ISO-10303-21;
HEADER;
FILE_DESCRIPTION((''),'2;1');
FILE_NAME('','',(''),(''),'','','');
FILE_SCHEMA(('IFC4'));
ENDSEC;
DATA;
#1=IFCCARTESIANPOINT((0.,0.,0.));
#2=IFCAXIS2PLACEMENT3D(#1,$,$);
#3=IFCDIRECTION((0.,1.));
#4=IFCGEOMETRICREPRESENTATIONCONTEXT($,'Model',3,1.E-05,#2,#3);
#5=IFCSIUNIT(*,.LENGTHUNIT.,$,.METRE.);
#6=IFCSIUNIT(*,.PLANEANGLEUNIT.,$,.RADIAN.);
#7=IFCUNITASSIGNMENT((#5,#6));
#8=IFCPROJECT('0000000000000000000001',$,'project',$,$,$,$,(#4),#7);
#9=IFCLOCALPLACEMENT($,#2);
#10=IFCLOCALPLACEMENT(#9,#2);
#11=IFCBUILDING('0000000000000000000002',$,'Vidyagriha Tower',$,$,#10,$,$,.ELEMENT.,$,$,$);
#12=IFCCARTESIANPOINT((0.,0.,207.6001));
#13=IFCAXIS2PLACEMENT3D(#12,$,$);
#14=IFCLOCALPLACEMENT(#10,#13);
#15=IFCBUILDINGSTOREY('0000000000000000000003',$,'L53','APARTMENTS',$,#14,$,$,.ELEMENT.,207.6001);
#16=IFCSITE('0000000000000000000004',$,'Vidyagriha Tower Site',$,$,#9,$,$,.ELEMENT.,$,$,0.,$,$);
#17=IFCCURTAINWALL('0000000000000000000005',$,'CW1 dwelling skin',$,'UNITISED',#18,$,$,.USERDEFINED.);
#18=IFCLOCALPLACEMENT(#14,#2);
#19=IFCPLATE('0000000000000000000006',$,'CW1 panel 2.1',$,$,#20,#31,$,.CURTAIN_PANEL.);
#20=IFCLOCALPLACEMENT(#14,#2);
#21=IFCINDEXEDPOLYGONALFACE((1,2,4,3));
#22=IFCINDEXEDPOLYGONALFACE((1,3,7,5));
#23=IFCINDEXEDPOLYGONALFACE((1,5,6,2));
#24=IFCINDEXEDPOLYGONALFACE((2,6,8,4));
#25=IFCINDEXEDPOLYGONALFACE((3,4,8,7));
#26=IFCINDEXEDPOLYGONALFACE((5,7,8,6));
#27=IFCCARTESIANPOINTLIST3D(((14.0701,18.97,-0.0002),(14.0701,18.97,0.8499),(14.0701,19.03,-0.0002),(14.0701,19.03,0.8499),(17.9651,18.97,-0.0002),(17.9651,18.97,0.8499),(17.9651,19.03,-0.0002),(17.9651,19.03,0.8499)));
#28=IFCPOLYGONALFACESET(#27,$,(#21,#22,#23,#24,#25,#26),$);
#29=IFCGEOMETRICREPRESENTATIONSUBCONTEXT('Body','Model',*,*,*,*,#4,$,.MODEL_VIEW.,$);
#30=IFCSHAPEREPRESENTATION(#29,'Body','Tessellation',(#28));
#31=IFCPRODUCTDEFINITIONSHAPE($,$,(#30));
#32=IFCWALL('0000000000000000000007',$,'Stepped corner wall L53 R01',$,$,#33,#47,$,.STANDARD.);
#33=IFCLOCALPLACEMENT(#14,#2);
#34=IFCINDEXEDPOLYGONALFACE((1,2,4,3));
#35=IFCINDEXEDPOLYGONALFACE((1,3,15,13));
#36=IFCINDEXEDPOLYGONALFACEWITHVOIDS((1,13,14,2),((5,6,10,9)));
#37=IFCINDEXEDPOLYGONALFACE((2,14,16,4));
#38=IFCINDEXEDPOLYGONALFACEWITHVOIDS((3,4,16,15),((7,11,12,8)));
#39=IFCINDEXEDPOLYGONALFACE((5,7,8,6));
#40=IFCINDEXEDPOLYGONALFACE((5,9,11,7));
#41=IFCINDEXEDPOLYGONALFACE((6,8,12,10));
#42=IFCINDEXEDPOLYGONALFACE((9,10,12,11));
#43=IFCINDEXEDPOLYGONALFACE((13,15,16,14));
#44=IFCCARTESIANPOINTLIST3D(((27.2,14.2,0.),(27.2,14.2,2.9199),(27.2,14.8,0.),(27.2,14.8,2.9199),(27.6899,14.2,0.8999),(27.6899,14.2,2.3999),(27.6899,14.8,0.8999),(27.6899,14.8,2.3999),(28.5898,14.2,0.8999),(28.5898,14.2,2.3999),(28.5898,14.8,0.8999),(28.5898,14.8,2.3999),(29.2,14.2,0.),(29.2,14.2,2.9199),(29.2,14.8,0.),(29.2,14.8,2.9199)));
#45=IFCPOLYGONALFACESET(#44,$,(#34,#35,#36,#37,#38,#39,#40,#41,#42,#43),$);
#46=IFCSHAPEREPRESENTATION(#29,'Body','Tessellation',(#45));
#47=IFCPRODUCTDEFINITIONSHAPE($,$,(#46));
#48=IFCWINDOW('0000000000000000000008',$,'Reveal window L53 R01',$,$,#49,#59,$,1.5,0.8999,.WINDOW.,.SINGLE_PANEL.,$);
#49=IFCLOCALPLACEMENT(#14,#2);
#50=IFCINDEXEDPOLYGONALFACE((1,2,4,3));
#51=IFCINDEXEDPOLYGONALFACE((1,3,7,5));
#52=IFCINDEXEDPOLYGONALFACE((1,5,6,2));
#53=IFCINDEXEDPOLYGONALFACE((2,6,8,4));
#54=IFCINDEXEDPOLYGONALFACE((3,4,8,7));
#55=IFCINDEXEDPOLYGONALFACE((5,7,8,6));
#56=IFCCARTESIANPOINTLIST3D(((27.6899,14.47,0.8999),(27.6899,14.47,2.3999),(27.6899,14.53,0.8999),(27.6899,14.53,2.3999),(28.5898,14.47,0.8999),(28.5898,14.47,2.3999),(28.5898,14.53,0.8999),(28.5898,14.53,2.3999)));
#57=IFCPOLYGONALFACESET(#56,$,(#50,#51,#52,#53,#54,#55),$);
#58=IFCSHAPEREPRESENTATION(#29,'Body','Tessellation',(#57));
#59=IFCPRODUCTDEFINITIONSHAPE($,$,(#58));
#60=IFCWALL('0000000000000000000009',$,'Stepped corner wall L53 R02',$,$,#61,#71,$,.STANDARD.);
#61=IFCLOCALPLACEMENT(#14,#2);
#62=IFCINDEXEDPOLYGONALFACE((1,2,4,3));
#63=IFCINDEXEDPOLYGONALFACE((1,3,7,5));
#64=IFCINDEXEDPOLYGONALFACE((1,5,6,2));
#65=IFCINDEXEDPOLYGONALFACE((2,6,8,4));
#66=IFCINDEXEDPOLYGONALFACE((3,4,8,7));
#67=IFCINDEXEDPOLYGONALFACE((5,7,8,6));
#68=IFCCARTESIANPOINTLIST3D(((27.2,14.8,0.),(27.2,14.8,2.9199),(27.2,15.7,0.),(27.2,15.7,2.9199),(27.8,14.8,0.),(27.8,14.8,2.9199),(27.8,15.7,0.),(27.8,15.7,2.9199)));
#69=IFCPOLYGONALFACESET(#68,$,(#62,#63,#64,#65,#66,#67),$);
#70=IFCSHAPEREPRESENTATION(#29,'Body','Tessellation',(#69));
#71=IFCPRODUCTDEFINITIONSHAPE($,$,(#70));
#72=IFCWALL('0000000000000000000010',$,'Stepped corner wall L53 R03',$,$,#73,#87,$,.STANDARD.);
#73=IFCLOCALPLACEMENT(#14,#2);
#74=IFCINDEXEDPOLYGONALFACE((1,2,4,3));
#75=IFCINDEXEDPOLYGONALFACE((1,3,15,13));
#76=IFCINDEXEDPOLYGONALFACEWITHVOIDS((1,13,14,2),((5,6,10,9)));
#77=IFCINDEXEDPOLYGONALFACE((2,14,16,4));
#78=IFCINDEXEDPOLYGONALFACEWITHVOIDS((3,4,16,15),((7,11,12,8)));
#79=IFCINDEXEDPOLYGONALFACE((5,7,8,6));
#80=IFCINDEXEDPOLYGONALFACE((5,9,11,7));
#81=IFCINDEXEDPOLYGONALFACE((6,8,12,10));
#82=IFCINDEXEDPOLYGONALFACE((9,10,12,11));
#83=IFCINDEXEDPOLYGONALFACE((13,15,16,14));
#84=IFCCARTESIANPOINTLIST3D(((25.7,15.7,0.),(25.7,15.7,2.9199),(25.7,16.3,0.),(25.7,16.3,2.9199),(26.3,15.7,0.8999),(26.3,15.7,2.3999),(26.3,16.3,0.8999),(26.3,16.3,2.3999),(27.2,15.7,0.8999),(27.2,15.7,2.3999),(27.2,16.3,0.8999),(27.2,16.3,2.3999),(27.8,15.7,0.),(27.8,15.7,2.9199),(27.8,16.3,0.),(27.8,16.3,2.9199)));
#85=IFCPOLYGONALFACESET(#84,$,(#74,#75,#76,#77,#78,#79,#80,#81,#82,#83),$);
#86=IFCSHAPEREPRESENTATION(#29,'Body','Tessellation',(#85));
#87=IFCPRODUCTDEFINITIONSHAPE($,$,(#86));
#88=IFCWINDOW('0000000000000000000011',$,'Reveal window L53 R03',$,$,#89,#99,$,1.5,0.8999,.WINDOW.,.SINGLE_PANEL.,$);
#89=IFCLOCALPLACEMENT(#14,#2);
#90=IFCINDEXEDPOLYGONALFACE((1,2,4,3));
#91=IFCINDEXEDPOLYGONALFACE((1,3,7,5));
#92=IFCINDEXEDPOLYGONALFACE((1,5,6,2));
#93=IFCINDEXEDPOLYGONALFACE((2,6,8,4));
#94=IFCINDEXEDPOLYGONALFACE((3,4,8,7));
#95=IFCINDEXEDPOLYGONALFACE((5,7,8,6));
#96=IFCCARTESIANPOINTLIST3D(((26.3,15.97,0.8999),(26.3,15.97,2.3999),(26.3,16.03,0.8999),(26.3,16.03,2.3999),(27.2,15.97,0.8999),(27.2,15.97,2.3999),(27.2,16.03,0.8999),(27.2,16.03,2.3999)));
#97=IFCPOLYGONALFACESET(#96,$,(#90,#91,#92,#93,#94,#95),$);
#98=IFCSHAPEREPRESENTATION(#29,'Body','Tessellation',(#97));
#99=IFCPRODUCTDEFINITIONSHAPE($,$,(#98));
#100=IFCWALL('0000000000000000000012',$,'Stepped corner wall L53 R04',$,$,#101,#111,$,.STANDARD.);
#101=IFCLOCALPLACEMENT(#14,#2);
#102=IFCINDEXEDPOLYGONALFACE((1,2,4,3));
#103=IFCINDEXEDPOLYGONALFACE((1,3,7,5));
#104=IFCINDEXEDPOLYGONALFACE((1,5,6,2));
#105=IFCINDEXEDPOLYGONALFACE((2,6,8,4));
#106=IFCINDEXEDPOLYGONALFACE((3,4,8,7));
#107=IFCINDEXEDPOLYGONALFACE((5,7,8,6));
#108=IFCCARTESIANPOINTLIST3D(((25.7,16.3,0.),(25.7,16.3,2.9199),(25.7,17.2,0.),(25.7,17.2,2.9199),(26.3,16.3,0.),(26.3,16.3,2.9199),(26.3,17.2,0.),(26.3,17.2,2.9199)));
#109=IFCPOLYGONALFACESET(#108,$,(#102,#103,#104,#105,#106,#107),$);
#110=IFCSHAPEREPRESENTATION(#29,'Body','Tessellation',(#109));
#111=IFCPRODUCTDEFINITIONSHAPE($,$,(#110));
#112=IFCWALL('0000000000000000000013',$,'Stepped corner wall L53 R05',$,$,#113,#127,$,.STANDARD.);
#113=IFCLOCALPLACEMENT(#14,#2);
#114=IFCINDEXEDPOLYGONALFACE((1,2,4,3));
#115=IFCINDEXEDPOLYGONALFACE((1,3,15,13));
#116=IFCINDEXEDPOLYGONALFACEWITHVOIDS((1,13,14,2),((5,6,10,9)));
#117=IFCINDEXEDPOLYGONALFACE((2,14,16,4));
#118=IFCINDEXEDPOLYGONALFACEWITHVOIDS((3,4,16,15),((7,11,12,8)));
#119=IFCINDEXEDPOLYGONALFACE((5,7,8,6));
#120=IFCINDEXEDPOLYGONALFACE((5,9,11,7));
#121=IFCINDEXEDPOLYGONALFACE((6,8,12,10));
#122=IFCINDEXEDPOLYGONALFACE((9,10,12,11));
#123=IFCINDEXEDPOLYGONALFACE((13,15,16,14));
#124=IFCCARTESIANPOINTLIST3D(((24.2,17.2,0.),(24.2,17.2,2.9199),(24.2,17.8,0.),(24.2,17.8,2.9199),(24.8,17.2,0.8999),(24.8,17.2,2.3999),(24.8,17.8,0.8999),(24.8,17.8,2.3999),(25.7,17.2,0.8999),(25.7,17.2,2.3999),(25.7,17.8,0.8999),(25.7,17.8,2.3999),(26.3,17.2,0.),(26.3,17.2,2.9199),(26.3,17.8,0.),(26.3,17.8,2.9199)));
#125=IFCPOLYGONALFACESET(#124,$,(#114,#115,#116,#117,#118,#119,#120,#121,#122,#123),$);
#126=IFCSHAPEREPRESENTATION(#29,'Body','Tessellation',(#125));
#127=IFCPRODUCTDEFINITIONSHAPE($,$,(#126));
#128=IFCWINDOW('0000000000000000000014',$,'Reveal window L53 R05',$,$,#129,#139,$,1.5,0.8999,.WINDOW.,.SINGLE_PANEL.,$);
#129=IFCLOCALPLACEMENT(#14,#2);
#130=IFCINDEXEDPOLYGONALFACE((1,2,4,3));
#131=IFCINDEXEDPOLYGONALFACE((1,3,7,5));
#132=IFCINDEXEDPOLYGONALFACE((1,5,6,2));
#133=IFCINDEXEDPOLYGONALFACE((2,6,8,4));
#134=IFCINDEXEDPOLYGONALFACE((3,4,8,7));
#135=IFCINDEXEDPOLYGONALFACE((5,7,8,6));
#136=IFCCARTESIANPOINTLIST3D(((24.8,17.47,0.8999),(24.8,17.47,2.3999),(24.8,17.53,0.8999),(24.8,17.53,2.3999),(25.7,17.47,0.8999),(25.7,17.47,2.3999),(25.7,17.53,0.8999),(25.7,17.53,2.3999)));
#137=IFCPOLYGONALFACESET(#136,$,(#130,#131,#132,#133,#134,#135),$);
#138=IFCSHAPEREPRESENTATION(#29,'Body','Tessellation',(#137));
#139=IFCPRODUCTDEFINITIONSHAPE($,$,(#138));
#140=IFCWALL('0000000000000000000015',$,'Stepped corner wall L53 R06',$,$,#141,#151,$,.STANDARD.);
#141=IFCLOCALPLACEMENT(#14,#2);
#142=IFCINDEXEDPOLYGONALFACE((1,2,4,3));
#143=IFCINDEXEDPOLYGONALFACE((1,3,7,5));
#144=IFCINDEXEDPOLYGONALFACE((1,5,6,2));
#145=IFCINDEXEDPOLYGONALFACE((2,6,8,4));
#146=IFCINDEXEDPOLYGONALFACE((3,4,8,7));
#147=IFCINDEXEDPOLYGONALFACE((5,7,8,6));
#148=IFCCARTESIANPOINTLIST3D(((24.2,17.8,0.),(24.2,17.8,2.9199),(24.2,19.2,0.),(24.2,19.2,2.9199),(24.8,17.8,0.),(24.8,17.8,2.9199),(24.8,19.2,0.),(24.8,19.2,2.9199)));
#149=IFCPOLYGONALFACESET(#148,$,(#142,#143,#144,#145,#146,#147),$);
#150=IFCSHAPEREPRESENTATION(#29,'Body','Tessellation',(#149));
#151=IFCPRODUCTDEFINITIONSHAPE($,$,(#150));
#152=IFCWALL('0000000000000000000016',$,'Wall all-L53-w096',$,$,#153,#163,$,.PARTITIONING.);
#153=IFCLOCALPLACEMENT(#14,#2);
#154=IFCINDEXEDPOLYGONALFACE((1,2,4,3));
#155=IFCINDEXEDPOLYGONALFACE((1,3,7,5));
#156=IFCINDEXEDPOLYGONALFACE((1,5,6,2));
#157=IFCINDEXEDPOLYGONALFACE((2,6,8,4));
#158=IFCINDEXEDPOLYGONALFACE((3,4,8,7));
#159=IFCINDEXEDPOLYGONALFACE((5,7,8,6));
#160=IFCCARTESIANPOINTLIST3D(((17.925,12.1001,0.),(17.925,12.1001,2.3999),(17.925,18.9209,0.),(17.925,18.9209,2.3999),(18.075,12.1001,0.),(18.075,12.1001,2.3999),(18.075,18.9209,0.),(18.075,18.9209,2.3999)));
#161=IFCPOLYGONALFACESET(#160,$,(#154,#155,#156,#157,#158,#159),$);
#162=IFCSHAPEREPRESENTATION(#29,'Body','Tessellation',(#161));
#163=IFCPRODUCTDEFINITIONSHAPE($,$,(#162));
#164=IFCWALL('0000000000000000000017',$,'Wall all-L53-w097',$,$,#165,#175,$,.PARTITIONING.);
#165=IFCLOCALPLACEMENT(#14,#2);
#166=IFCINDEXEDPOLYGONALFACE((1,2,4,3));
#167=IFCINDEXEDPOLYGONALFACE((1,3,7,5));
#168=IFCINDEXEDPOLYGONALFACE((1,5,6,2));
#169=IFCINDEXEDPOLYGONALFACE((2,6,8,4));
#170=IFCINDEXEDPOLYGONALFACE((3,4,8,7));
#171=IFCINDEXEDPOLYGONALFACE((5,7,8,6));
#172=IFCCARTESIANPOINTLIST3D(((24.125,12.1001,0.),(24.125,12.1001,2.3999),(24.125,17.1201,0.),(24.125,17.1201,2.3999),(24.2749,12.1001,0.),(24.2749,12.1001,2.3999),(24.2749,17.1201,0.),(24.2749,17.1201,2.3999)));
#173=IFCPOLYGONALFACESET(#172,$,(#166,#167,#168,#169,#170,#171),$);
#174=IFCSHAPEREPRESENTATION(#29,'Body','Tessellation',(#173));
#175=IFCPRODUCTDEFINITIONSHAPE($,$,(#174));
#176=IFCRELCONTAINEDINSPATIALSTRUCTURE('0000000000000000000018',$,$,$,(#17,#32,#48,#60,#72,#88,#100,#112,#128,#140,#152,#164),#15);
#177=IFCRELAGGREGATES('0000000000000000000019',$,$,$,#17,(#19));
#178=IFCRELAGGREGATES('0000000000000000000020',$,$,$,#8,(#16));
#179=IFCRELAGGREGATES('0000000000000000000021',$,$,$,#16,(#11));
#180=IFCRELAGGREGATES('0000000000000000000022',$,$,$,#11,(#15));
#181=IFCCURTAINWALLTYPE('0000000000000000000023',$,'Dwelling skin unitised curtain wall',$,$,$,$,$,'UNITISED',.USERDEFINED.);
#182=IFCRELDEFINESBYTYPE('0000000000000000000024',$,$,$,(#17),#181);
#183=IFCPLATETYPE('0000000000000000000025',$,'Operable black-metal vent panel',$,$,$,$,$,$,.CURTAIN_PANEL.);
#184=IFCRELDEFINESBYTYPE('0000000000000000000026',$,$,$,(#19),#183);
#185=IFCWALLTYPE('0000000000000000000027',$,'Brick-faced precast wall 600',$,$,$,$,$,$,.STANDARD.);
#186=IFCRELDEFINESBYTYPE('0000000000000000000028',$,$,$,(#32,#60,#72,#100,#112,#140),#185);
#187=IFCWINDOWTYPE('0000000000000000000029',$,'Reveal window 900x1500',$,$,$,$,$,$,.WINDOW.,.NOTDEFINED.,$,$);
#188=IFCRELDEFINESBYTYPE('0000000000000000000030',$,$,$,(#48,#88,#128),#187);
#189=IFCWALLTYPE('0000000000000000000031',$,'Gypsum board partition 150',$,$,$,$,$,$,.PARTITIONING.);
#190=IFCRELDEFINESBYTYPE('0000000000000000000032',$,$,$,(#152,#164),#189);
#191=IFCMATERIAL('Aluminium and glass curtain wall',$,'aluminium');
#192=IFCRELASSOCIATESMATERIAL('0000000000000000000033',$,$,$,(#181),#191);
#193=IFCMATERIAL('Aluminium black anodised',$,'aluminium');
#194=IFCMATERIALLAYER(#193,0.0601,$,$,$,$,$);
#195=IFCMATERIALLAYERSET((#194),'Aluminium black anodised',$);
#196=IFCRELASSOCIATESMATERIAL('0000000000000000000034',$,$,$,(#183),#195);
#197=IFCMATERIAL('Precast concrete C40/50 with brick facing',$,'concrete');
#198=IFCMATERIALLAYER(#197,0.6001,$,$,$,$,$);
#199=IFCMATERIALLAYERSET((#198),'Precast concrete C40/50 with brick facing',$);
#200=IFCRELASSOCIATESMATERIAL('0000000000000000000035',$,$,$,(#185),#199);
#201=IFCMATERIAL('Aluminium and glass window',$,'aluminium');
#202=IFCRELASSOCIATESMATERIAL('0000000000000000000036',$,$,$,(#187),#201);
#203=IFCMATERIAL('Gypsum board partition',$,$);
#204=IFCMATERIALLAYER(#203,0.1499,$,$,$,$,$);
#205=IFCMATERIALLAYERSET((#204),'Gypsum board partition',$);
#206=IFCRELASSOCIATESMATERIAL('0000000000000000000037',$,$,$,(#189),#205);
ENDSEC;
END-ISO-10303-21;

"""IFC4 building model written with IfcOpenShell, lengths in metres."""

from ifc_helpers import new_model, si_unit, direction, frame, frame_2d, origin, origin_2d, place, context, subcontext, project, spatial, rectangle, extrude, material, layer, layer_set, type_object, element, fill, aggregate, save


model = new_model("IFC4")

# Units and contexts
model_context = context("Model", 3, precision=1e-05, world=origin(), true_north=direction((0.0, 1.0)))
body_context = subcontext(model_context, "Body", "Model", "MODEL_VIEW")
ifc_project = project(units=[si_unit("LENGTHUNIT", "METRE"), si_unit("PLANEANGLEUNIT", "RADIAN")], contexts=[model_context])

# Site, building, storey
site_placement = place(None, origin())
site = spatial("IfcSite", under=ifc_project, at=site_placement, Name="Vidyagriha Tower Site", CompositionType="ELEMENT", RefElevation=0.0)
building_placement = place(site_placement, origin())
building = spatial("IfcBuilding", under=site, at=building_placement, Name="Vidyagriha Tower", CompositionType="ELEMENT")
storey_placement = place(building_placement, frame((0.0, 0.0, 207.6001)))
storey = spatial("IfcBuildingStorey", under=building, at=storey_placement, Name="L53", Description="APARTMENTS", CompositionType="ELEMENT", Elevation=207.6001)

# Curtain wall
ifc_material_1 = material(Name="Aluminium and glass curtain wall", Category="aluminium")
curtain_wall_type = type_object("IfcCurtainWallType", Name="Dwelling skin unitised curtain wall", ElementType="UNITISED", PredefinedType="USERDEFINED", material=ifc_material_1)
curtain_wall_1_placement = place(storey_placement, origin())
curtain_wall_1 = element("IfcCurtainWall", 1, at=curtain_wall_1_placement, inside=storey, type_object=curtain_wall_type, Name="CW1 dwelling skin", ObjectType="UNITISED", PredefinedType="USERDEFINED")

# Plate
ifc_material_2 = material(Name="Aluminium black anodised", Category="aluminium")
ifc_layer_1 = layer(ifc_material_2, 0.0601)
ifc_layer_set_1 = layer_set([ifc_layer_1], Name="Aluminium black anodised")
plate_type_1 = type_object("IfcPlateType", Name="Operable black-metal vent panel", PredefinedType="CURTAIN_PANEL", material=ifc_layer_set_1)
plate_1_placement = place(storey_placement, frame((16.0176, 19.0, -0.0002), z_axis=(0.0, 0.0, 1.0), x_axis=(-1.0, 0.0, 0.0)))
plate_1 = element("IfcPlate", 2, at=plate_1_placement, type_object=plate_type_1, Name="CW1 panel 2.1", PredefinedType="CURTAIN_PANEL", context=body_context, shape_type="SweptSolid", body=[
    extrude(rectangle(XDim=3.895, YDim=0.0601, at=origin_2d()), origin(), (0.0, 0.0, 1.0), 0.8501),
])
aggregate(curtain_wall_1, [plate_1])

# Wall, opening, window
ifc_material_3 = material(Name="Precast concrete C40/50 with brick facing", Category="concrete")
ifc_layer_2 = layer(ifc_material_3, 0.6001)
ifc_layer_set_2 = layer_set([ifc_layer_2], Name="Precast concrete C40/50 with brick facing")
wall_type_1 = type_object("IfcWallType", Name="Brick-faced precast wall 600", PredefinedType="STANDARD", material=ifc_layer_set_2)
wall_1_placement = place(storey_placement, frame((29.2, 14.5, 0.0), z_axis=(0.0, 0.0, 1.0), x_axis=(-1.0, 0.0, 0.0)))
wall_1 = element("IfcWall", 3, at=wall_1_placement, inside=storey, type_object=wall_type_1, Name="Stepped corner wall L53 R01", PredefinedType="STANDARD", context=body_context, shape_type="SweptSolid", body=[
    extrude(rectangle(XDim=2.0, YDim=0.6001, at=frame_2d((1.0, 0.0))), origin(), (0.0, 0.0, 1.0), 2.9199),
])
opening_1_placement = place(wall_1_placement, frame((0.6101, 0.0, 0.8999)))
opening_1 = element("IfcOpeningElement", 4, at=opening_1_placement, cuts=wall_1, PredefinedType="OPENING", context=body_context, shape_type="SweptSolid", body=[
    extrude(rectangle(XDim=0.8999, YDim=1.5, at=frame_2d((0.45, 0.75))), frame((0.0, 0.3101, 0.0), z_axis=(0.0, -1.0, 0.0), x_axis=(1.0, 0.0, 0.0)), (0.0, 0.0, 1.0), 0.6201),
])
ifc_material_4 = material(Name="Aluminium and glass window", Category="aluminium")
window_type = type_object("IfcWindowType", Name="Reveal window 900x1500", PartitioningType="NOTDEFINED", PredefinedType="WINDOW", material=ifc_material_4)
window_1_placement = place(opening_1_placement, origin())
window_1 = element("IfcWindow", 5, at=window_1_placement, inside=storey, type_object=window_type, Name="Reveal window L53 R01", OverallHeight=1.5, OverallWidth=0.8999, PartitioningType="SINGLE_PANEL", PredefinedType="WINDOW", context=body_context, shape_type="SweptSolid", body=[
    extrude(rectangle(XDim=0.8999, YDim=1.5, at=frame_2d((0.45, 0.75))), frame((0.0, 0.03, 0.0), z_axis=(0.0, -1.0, 0.0), x_axis=(1.0, 0.0, 0.0)), (0.0, 0.0, 1.0), 0.0601),
])
fill(opening_1, window_1)

# Wall
wall_2_placement = place(storey_placement, frame((27.5, 14.8, 0.0), z_axis=(0.0, 0.0, 1.0), x_axis=(0.0, 1.0, 0.0)))
element("IfcWall", 6, at=wall_2_placement, inside=storey, type_object=wall_type_1, Name="Stepped corner wall L53 R02", PredefinedType="STANDARD", context=body_context, shape_type="SweptSolid", body=[
    extrude(rectangle(XDim=0.8999, YDim=0.6001, at=frame_2d((0.45, 0.0))), origin(), (0.0, 0.0, 1.0), 2.9199),
])

# Wall, opening, window
wall_3_placement = place(storey_placement, frame((27.8, 16.0, 0.0), z_axis=(0.0, 0.0, 1.0), x_axis=(-1.0, 0.0, 0.0)))
wall_3 = element("IfcWall", 7, at=wall_3_placement, inside=storey, type_object=wall_type_1, Name="Stepped corner wall L53 R03", PredefinedType="STANDARD", context=body_context, shape_type="SweptSolid", body=[
    extrude(rectangle(XDim=2.1001, YDim=0.6001, at=frame_2d((1.05, 0.0))), origin(), (0.0, 0.0, 1.0), 2.9199),
])
opening_2_placement = place(wall_3_placement, frame((0.6001, 0.0, 0.8999)))
opening_2 = element("IfcOpeningElement", 8, at=opening_2_placement, cuts=wall_3, PredefinedType="OPENING", context=body_context, shape_type="SweptSolid", body=[
    extrude(rectangle(XDim=0.8999, YDim=1.5, at=frame_2d((0.45, 0.75))), frame((0.0, 0.3101, 0.0), z_axis=(0.0, -1.0, 0.0), x_axis=(1.0, 0.0, 0.0)), (0.0, 0.0, 1.0), 0.6201),
])
window_2_placement = place(opening_2_placement, origin())
window_2 = element("IfcWindow", 9, at=window_2_placement, inside=storey, type_object=window_type, Name="Reveal window L53 R03", OverallHeight=1.5, OverallWidth=0.8999, PartitioningType="SINGLE_PANEL", PredefinedType="WINDOW", context=body_context, shape_type="SweptSolid", body=[
    extrude(rectangle(XDim=0.8999, YDim=1.5, at=frame_2d((0.45, 0.75))), frame((0.0, 0.03, 0.0), z_axis=(0.0, -1.0, 0.0), x_axis=(1.0, 0.0, 0.0)), (0.0, 0.0, 1.0), 0.0601),
])
fill(opening_2, window_2)

# Wall
wall_4_placement = place(storey_placement, frame((26.0, 16.3, 0.0), z_axis=(0.0, 0.0, 1.0), x_axis=(0.0, 1.0, 0.0)))
element("IfcWall", 10, at=wall_4_placement, inside=storey, type_object=wall_type_1, Name="Stepped corner wall L53 R04", PredefinedType="STANDARD", context=body_context, shape_type="SweptSolid", body=[
    extrude(rectangle(XDim=0.8999, YDim=0.6001, at=frame_2d((0.45, 0.0))), origin(), (0.0, 0.0, 1.0), 2.9199),
])

# Wall, opening, window
wall_5_placement = place(storey_placement, frame((26.3, 17.5, 0.0), z_axis=(0.0, 0.0, 1.0), x_axis=(-1.0, 0.0, 0.0)))
wall_5 = element("IfcWall", 11, at=wall_5_placement, inside=storey, type_object=wall_type_1, Name="Stepped corner wall L53 R05", PredefinedType="STANDARD", context=body_context, shape_type="SweptSolid", body=[
    extrude(rectangle(XDim=2.1001, YDim=0.6001, at=frame_2d((1.05, 0.0))), origin(), (0.0, 0.0, 1.0), 2.9199),
])
opening_3_placement = place(wall_5_placement, frame((0.6001, 0.0, 0.8999)))
opening_3 = element("IfcOpeningElement", 12, at=opening_3_placement, cuts=wall_5, PredefinedType="OPENING", context=body_context, shape_type="SweptSolid", body=[
    extrude(rectangle(XDim=0.8999, YDim=1.5, at=frame_2d((0.45, 0.75))), frame((0.0, 0.3101, 0.0), z_axis=(0.0, -1.0, 0.0), x_axis=(1.0, 0.0, 0.0)), (0.0, 0.0, 1.0), 0.6201),
])
window_3_placement = place(opening_3_placement, origin())
window_3 = element("IfcWindow", 13, at=window_3_placement, inside=storey, type_object=window_type, Name="Reveal window L53 R05", OverallHeight=1.5, OverallWidth=0.8999, PartitioningType="SINGLE_PANEL", PredefinedType="WINDOW", context=body_context, shape_type="SweptSolid", body=[
    extrude(rectangle(XDim=0.8999, YDim=1.5, at=frame_2d((0.45, 0.75))), frame((0.0, 0.03, 0.0), z_axis=(0.0, -1.0, 0.0), x_axis=(1.0, 0.0, 0.0)), (0.0, 0.0, 1.0), 0.0601),
])
fill(opening_3, window_3)

# Walls
wall_6_placement = place(storey_placement, frame((24.5, 17.8, 0.0), z_axis=(0.0, 0.0, 1.0), x_axis=(0.0, 1.0, 0.0)))
element("IfcWall", 14, at=wall_6_placement, inside=storey, type_object=wall_type_1, Name="Stepped corner wall L53 R06", PredefinedType="STANDARD", context=body_context, shape_type="SweptSolid", body=[
    extrude(rectangle(XDim=1.3999, YDim=0.6001, at=frame_2d((0.7, 0.0))), origin(), (0.0, 0.0, 1.0), 2.9199),
])
ifc_material_5 = material(Name="Gypsum board partition")
ifc_layer_3 = layer(ifc_material_5, 0.1499)
ifc_layer_set_3 = layer_set([ifc_layer_3], Name="Gypsum board partition")
wall_type_2 = type_object("IfcWallType", Name="Gypsum board partition 150", PredefinedType="PARTITIONING", material=ifc_layer_set_3)
wall_7_placement = place(storey_placement, frame((18.0, 18.9209, 0.0), z_axis=(0.0, 0.0, 1.0), x_axis=(0.0, -1.0, 0.0)))
element("IfcWall", 15, at=wall_7_placement, inside=storey, type_object=wall_type_2, Name="Wall all-L53-w096", PredefinedType="PARTITIONING", context=body_context, shape_type="SweptSolid", body=[
    extrude(rectangle(XDim=6.8208, YDim=0.1499, at=frame_2d((3.4104, 0.0))), origin(), (0.0, 0.0, 1.0), 2.3999),
])
wall_8_placement = place(storey_placement, frame((24.2, 17.1201, 0.0), z_axis=(0.0, 0.0, 1.0), x_axis=(0.0, -1.0, 0.0)))
element("IfcWall", 16, at=wall_8_placement, inside=storey, type_object=wall_type_2, Name="Wall all-L53-w097", PredefinedType="PARTITIONING", context=body_context, shape_type="SweptSolid", body=[
    extrude(rectangle(XDim=5.02, YDim=0.1499, at=frame_2d((2.51, 0.0))), origin(), (0.0, 0.0, 1.0), 2.3999),
])

save(model, "model.ifc")
